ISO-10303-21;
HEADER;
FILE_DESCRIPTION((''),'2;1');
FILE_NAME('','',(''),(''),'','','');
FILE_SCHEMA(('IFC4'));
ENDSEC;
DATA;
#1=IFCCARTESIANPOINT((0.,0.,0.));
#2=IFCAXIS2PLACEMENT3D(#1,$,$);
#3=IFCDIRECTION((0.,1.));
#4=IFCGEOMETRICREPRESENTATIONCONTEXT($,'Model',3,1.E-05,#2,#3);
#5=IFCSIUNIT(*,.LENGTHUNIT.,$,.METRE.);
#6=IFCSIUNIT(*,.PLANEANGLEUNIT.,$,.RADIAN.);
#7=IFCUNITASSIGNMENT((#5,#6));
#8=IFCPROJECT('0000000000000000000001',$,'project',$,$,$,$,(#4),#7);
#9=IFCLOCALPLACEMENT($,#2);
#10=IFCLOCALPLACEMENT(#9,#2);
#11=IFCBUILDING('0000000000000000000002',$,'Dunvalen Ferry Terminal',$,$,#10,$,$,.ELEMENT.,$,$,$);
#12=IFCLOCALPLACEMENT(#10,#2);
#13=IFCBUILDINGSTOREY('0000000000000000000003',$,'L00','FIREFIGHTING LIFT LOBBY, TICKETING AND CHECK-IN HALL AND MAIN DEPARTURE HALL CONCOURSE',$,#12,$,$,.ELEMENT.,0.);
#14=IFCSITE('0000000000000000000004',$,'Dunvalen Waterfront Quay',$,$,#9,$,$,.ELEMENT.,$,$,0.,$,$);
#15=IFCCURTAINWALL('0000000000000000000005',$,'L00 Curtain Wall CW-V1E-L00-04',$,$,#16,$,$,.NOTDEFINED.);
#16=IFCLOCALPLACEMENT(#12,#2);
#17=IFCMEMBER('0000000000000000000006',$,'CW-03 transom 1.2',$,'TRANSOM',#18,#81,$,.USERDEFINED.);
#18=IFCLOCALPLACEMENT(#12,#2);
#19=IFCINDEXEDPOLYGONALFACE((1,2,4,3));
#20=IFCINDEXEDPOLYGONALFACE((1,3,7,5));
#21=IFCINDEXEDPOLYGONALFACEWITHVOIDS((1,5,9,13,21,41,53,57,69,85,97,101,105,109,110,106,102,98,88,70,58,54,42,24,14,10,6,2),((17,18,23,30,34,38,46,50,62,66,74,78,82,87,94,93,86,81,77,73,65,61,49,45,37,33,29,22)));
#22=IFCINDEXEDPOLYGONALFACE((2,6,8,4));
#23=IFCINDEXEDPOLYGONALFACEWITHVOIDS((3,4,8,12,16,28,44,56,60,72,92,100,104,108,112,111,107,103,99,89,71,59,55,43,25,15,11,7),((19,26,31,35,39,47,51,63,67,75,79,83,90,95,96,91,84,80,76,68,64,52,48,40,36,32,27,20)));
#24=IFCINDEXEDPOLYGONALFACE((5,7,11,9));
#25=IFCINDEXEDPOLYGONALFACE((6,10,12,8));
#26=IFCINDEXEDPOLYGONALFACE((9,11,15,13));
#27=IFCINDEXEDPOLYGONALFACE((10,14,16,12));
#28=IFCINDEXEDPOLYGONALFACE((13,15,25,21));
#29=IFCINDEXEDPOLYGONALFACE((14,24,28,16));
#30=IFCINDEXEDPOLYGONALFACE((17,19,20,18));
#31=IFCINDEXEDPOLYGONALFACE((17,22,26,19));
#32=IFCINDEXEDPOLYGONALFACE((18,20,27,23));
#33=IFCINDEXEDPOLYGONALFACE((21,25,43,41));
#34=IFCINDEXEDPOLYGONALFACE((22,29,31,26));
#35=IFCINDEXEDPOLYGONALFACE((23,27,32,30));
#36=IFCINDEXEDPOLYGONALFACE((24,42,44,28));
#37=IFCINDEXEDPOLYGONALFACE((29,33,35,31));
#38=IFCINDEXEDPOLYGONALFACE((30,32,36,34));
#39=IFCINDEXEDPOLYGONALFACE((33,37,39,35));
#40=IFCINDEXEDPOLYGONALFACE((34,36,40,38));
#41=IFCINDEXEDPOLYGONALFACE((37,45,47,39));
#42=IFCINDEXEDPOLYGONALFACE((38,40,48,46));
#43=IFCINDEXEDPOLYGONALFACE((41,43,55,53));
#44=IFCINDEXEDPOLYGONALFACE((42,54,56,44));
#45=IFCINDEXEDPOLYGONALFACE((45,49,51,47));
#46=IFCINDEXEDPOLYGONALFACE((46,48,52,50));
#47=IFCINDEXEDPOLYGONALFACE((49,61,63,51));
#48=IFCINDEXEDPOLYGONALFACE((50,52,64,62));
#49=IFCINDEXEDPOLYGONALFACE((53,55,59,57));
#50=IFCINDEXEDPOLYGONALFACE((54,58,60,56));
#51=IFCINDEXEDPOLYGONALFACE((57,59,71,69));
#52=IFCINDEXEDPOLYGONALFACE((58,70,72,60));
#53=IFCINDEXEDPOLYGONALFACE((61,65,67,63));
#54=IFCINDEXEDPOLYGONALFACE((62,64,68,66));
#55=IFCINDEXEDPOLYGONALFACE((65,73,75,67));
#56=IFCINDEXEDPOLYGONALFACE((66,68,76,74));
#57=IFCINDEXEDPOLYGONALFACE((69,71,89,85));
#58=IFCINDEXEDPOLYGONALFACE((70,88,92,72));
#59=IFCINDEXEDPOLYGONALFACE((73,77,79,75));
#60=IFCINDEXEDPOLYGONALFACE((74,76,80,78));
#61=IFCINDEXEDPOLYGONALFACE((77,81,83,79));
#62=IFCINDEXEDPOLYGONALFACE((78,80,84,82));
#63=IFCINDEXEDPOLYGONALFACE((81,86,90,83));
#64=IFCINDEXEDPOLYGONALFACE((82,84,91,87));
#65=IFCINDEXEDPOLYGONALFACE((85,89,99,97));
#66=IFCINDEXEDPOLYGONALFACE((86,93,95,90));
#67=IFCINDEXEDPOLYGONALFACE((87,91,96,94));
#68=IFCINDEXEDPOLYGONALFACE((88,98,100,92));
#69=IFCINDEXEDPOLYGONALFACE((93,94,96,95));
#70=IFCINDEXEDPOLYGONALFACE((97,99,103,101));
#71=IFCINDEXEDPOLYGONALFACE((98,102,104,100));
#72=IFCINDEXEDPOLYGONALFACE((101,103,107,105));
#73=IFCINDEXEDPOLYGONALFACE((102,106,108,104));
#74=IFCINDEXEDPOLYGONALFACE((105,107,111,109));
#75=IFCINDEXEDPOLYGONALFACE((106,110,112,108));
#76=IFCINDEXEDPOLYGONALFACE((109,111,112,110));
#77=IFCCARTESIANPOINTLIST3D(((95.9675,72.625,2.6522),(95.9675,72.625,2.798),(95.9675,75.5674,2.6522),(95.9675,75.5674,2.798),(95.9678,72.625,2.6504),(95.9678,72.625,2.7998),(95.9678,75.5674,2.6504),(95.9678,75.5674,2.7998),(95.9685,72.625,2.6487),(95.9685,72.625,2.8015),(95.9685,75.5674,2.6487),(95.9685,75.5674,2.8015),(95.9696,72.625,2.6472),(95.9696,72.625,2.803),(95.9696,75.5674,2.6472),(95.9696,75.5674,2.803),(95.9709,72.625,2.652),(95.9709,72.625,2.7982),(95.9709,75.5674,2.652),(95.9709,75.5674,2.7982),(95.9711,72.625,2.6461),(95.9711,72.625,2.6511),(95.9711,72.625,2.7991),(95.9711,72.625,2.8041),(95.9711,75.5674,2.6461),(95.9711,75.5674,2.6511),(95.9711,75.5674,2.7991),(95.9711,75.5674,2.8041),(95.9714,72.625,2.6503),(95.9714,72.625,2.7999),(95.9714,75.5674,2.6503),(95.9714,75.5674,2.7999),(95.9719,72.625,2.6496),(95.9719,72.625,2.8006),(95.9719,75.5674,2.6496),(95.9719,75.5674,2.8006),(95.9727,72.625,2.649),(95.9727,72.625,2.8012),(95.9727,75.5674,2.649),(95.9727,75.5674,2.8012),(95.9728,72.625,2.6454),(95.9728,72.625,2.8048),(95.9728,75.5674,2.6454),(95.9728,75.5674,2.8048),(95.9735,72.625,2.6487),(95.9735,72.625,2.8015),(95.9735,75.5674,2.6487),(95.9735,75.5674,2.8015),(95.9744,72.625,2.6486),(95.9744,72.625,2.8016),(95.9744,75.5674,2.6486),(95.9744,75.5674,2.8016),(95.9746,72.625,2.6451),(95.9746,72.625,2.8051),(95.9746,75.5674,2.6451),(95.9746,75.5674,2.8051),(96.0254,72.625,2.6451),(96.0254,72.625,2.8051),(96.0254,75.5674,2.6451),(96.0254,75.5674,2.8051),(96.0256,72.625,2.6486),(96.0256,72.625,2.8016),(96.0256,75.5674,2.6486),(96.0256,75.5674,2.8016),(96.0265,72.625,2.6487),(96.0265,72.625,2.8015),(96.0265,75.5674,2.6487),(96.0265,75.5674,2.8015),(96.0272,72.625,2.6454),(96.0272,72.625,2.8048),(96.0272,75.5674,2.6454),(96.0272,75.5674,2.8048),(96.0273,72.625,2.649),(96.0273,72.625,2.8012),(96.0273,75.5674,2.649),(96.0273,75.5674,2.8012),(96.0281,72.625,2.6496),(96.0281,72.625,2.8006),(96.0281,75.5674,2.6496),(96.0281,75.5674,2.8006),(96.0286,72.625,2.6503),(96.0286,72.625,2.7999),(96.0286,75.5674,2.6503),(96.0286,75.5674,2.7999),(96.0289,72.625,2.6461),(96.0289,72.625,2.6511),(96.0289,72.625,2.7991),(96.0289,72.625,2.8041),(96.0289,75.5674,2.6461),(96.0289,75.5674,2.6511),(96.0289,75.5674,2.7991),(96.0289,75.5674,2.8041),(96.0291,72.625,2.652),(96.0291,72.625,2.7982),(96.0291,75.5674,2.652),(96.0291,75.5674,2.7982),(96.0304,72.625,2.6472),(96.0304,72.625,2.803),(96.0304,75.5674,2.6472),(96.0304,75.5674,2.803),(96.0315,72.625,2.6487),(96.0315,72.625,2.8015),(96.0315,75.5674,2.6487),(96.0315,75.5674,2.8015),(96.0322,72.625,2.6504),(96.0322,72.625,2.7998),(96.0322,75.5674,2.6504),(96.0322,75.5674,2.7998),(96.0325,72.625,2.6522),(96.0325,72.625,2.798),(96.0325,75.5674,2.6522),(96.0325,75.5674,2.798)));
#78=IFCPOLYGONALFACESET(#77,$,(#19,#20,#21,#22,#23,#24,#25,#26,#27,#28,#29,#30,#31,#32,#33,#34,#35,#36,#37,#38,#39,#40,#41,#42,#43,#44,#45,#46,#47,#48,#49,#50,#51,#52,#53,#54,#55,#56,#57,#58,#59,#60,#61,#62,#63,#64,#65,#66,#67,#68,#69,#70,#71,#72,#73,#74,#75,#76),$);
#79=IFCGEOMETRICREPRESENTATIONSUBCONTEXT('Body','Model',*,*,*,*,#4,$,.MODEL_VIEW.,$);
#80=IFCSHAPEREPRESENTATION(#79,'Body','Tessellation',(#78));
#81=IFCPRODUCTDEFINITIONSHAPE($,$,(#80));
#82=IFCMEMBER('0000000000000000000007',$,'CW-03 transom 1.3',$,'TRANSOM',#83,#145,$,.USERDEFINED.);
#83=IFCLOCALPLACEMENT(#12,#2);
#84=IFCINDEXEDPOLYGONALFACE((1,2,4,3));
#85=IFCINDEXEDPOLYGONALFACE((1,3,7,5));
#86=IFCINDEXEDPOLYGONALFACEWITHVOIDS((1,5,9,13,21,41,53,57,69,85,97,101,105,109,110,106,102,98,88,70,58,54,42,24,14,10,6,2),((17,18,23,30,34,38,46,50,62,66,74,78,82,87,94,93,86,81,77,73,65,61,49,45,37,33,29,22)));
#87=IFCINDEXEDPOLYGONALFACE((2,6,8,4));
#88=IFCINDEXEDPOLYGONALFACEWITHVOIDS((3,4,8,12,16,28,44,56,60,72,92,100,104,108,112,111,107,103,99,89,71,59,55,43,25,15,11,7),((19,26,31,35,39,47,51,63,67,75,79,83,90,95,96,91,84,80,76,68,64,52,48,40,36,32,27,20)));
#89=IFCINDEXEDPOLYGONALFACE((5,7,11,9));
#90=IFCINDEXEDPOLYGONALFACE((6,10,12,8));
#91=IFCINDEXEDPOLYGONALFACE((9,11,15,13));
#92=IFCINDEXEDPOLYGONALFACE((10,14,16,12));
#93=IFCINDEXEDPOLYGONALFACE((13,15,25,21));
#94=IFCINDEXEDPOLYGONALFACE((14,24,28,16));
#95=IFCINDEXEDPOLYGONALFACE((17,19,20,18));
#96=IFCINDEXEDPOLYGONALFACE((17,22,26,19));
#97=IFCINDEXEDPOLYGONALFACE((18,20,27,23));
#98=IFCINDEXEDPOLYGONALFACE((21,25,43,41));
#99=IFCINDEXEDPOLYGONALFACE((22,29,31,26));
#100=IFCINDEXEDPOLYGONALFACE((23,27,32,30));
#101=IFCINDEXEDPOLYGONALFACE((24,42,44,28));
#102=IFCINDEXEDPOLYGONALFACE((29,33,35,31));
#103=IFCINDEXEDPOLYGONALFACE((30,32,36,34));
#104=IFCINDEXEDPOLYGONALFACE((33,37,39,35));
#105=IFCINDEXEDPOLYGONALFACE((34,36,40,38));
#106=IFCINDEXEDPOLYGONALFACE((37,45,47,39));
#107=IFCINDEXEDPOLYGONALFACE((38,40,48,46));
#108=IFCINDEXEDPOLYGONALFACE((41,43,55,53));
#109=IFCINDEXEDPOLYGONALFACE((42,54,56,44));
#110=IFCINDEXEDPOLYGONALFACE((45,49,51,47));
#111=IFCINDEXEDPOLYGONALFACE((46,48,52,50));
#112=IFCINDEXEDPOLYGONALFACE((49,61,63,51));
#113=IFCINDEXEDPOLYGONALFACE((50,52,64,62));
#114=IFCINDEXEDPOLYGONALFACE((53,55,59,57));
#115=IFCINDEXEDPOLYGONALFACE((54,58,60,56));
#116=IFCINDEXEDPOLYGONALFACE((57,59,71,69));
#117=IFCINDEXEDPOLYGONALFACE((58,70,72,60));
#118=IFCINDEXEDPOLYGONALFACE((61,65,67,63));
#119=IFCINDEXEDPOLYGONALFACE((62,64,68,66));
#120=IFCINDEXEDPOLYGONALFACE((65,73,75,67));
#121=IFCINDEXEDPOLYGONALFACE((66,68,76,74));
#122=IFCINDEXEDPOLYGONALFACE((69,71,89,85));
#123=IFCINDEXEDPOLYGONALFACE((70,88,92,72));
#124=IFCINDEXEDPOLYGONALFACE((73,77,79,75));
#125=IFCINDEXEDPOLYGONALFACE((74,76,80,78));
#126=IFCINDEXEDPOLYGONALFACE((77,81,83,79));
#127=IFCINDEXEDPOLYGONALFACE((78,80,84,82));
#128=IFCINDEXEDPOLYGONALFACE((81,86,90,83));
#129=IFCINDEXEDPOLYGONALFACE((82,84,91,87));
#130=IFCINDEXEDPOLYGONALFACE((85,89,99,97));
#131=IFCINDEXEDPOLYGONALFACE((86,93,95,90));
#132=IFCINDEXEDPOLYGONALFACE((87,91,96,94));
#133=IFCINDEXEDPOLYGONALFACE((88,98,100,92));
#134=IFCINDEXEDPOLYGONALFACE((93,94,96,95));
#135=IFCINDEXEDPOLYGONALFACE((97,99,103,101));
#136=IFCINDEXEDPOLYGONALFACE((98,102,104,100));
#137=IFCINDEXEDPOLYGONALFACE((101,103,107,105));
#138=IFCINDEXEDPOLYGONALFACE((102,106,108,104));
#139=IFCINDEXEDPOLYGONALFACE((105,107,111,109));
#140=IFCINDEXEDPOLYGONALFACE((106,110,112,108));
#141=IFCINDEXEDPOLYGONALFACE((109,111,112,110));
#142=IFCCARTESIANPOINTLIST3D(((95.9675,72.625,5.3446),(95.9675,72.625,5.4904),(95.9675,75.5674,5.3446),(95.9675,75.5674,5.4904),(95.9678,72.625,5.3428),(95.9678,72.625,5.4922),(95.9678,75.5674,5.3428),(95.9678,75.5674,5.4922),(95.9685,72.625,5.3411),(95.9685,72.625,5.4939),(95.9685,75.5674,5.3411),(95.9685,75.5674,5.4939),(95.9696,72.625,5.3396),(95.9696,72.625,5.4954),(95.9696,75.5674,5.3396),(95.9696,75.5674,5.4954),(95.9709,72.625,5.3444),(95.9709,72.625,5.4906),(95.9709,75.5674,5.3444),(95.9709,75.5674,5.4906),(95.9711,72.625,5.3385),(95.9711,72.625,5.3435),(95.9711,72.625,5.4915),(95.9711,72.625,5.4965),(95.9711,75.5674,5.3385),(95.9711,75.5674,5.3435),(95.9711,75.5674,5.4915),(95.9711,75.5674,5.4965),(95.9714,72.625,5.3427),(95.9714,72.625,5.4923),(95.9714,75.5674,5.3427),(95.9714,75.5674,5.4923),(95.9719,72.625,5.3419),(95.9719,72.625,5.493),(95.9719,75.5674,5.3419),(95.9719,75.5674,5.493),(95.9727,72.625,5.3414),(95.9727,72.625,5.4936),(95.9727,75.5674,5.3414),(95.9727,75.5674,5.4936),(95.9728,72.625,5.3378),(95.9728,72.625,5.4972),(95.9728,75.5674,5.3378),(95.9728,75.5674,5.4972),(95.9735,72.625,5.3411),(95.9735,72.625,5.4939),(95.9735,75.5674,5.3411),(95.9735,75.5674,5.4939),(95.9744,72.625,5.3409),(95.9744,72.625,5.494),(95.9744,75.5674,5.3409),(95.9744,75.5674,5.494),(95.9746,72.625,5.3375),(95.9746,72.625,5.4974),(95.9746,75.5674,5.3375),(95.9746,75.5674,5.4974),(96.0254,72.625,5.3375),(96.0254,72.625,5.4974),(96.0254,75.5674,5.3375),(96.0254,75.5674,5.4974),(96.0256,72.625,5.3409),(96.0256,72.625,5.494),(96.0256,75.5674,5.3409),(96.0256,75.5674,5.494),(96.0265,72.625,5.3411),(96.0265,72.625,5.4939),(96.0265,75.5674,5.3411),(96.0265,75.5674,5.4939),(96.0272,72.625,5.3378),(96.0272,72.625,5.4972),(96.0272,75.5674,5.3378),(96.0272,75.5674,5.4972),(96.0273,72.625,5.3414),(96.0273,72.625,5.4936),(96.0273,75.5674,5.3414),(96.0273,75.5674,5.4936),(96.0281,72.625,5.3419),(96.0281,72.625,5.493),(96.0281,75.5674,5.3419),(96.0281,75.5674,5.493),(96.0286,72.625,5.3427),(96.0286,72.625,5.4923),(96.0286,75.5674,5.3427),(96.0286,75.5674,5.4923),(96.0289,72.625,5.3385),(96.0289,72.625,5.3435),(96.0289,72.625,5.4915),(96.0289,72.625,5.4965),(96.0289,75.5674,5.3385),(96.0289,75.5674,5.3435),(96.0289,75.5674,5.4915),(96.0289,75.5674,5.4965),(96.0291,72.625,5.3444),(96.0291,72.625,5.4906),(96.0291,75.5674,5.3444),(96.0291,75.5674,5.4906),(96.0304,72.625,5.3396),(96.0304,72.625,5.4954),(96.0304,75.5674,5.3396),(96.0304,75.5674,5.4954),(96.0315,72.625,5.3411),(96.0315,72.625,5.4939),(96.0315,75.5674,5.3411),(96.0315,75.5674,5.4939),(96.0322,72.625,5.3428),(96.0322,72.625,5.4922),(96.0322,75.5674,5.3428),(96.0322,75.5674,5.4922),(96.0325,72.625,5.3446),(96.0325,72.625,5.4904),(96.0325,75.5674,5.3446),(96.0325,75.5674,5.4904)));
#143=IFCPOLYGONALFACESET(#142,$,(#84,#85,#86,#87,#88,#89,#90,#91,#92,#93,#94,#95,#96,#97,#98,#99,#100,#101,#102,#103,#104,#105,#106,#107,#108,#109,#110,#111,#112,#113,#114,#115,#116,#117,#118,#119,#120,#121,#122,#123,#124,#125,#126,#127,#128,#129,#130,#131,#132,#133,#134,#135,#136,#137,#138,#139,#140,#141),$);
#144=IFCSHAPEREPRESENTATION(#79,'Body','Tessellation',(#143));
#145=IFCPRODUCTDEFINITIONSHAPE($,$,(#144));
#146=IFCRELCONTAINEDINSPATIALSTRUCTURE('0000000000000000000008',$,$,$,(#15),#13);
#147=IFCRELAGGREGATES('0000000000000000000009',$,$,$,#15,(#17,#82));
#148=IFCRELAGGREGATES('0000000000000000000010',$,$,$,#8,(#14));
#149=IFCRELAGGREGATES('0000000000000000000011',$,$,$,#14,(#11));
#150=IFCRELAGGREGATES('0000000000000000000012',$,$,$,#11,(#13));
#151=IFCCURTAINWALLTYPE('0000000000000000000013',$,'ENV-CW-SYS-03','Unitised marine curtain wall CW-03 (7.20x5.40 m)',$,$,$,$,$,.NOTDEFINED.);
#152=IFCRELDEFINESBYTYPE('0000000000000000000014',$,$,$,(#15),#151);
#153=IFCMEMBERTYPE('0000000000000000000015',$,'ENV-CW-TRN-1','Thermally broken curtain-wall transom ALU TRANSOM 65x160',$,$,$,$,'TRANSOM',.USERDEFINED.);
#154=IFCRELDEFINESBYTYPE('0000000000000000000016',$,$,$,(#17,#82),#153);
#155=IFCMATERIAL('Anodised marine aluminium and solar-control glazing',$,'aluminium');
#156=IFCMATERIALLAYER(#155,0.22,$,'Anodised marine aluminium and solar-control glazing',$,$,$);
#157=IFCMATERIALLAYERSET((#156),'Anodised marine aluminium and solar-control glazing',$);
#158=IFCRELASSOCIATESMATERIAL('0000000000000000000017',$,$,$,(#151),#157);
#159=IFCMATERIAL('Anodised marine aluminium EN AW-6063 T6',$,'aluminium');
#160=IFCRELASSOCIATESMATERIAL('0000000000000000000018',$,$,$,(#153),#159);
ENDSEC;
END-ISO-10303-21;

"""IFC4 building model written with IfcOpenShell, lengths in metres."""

from ifc_helpers import new_model, si_unit, direction, frame, origin, origin_2d, place, context, subcontext, project, spatial, hollow_rectangle, extrude, material, layer, layer_set, material_profile, profile_set, type_object, element, aggregate, save


model = new_model("IFC4")

# Units and contexts
model_context = context("Model", 3, precision=1e-05, world=origin(), true_north=direction((0.0, 1.0)))
body_context = subcontext(model_context, "Body", "Model", "MODEL_VIEW")
ifc_project = project(units=[si_unit("LENGTHUNIT", "METRE"), si_unit("PLANEANGLEUNIT", "RADIAN")], contexts=[model_context])

# Site, building, storey
site_placement = place(None, origin())
site = spatial("IfcSite", under=ifc_project, at=site_placement, Name="Dunvalen Waterfront Quay", CompositionType="ELEMENT", RefElevation=0.0)
building_placement = place(site_placement, origin())
building = spatial("IfcBuilding", under=site, at=building_placement, Name="Dunvalen Ferry Terminal", CompositionType="ELEMENT")
storey_placement = place(building_placement, origin())
storey = spatial("IfcBuildingStorey", under=building, at=storey_placement, Name="L00", Description="FIREFIGHTING LIFT LOBBY, TICKETING AND CHECK-IN HALL AND MAIN DEPARTURE HALL CONCOURSE", CompositionType="ELEMENT", Elevation=0.0)

# Curtain wall, members
ifc_material_1 = material(Name="Anodised marine aluminium and solar-control glazing", Category="aluminium")
ifc_layer_1 = layer(ifc_material_1, 0.22, Name="Anodised marine aluminium and solar-control glazing")
ifc_layer_set_1 = layer_set([ifc_layer_1], Name="Anodised marine aluminium and solar-control glazing")
curtain_wall_type = type_object("IfcCurtainWallType", Name="ENV-CW-SYS-03", Description="Unitised marine curtain wall CW-03 (7.20x5.40 m)", PredefinedType="NOTDEFINED", material=ifc_layer_set_1)
curtain_wall_placement = place(storey_placement, origin())
curtain_wall = element("IfcCurtainWall", 1, at=curtain_wall_placement, inside=storey, type_object=curtain_wall_type, Name="L00 Curtain Wall CW-V1E-L00-04", PredefinedType="NOTDEFINED")
ifc_material_2 = material(Name="Anodised marine aluminium EN AW-6063 T6", Category="aluminium")
ifc_material_profile_1 = material_profile(ifc_material_2, hollow_rectangle(XDim=0.0649, YDim=0.1599, WallThickness=0.0034, InnerFilletRadius=0.0034, OuterFilletRadius=0.0071, at=origin_2d()), Name="Anodised marine aluminium EN AW-6063 T6")
ifc_profile_set_1 = profile_set([ifc_material_profile_1], Name="Anodised marine aluminium EN AW-6063 T6")
member_type_1 = type_object("IfcMemberType", Name="ENV-CW-TRN-1", Description="Thermally broken curtain-wall transom ALU TRANSOM 65x160", ElementType="TRANSOM", PredefinedType="USERDEFINED", material=ifc_profile_set_1)
member_1_placement = place(storey_placement, frame((96.0, 72.625, 2.7251), z_axis=(0.0, 1.0, 0.0), x_axis=(-1.0, 0.0, 0.0)))
member_1 = element("IfcMember", 2, at=member_1_placement, type_object=member_type_1, Name="CW-03 transom 1.2", ObjectType="TRANSOM", PredefinedType="USERDEFINED", context=body_context, shape_type="SweptSolid", body=[
    extrude(hollow_rectangle(XDim=0.0649, YDim=0.1599, WallThickness=0.0034, InnerFilletRadius=0.0034, OuterFilletRadius=0.0071, at=origin_2d()), origin(), (0.0, 0.0, 1.0), 2.9424),
])
member_2_placement = place(storey_placement, frame((96.0, 72.625, 5.4175), z_axis=(0.0, 1.0, 0.0), x_axis=(-1.0, 0.0, 0.0)))
member_2 = element("IfcMember", 3, at=member_2_placement, type_object=member_type_1, Name="CW-03 transom 1.3", ObjectType="TRANSOM", PredefinedType="USERDEFINED", context=body_context, shape_type="SweptSolid", body=[
    extrude(hollow_rectangle(XDim=0.0649, YDim=0.1599, WallThickness=0.0034, InnerFilletRadius=0.0034, OuterFilletRadius=0.0071, at=origin_2d()), origin(), (0.0, 0.0, 1.0), 2.9424),
])
aggregate(curtain_wall, [member_1, member_2])

save(model, "model.ifc")
